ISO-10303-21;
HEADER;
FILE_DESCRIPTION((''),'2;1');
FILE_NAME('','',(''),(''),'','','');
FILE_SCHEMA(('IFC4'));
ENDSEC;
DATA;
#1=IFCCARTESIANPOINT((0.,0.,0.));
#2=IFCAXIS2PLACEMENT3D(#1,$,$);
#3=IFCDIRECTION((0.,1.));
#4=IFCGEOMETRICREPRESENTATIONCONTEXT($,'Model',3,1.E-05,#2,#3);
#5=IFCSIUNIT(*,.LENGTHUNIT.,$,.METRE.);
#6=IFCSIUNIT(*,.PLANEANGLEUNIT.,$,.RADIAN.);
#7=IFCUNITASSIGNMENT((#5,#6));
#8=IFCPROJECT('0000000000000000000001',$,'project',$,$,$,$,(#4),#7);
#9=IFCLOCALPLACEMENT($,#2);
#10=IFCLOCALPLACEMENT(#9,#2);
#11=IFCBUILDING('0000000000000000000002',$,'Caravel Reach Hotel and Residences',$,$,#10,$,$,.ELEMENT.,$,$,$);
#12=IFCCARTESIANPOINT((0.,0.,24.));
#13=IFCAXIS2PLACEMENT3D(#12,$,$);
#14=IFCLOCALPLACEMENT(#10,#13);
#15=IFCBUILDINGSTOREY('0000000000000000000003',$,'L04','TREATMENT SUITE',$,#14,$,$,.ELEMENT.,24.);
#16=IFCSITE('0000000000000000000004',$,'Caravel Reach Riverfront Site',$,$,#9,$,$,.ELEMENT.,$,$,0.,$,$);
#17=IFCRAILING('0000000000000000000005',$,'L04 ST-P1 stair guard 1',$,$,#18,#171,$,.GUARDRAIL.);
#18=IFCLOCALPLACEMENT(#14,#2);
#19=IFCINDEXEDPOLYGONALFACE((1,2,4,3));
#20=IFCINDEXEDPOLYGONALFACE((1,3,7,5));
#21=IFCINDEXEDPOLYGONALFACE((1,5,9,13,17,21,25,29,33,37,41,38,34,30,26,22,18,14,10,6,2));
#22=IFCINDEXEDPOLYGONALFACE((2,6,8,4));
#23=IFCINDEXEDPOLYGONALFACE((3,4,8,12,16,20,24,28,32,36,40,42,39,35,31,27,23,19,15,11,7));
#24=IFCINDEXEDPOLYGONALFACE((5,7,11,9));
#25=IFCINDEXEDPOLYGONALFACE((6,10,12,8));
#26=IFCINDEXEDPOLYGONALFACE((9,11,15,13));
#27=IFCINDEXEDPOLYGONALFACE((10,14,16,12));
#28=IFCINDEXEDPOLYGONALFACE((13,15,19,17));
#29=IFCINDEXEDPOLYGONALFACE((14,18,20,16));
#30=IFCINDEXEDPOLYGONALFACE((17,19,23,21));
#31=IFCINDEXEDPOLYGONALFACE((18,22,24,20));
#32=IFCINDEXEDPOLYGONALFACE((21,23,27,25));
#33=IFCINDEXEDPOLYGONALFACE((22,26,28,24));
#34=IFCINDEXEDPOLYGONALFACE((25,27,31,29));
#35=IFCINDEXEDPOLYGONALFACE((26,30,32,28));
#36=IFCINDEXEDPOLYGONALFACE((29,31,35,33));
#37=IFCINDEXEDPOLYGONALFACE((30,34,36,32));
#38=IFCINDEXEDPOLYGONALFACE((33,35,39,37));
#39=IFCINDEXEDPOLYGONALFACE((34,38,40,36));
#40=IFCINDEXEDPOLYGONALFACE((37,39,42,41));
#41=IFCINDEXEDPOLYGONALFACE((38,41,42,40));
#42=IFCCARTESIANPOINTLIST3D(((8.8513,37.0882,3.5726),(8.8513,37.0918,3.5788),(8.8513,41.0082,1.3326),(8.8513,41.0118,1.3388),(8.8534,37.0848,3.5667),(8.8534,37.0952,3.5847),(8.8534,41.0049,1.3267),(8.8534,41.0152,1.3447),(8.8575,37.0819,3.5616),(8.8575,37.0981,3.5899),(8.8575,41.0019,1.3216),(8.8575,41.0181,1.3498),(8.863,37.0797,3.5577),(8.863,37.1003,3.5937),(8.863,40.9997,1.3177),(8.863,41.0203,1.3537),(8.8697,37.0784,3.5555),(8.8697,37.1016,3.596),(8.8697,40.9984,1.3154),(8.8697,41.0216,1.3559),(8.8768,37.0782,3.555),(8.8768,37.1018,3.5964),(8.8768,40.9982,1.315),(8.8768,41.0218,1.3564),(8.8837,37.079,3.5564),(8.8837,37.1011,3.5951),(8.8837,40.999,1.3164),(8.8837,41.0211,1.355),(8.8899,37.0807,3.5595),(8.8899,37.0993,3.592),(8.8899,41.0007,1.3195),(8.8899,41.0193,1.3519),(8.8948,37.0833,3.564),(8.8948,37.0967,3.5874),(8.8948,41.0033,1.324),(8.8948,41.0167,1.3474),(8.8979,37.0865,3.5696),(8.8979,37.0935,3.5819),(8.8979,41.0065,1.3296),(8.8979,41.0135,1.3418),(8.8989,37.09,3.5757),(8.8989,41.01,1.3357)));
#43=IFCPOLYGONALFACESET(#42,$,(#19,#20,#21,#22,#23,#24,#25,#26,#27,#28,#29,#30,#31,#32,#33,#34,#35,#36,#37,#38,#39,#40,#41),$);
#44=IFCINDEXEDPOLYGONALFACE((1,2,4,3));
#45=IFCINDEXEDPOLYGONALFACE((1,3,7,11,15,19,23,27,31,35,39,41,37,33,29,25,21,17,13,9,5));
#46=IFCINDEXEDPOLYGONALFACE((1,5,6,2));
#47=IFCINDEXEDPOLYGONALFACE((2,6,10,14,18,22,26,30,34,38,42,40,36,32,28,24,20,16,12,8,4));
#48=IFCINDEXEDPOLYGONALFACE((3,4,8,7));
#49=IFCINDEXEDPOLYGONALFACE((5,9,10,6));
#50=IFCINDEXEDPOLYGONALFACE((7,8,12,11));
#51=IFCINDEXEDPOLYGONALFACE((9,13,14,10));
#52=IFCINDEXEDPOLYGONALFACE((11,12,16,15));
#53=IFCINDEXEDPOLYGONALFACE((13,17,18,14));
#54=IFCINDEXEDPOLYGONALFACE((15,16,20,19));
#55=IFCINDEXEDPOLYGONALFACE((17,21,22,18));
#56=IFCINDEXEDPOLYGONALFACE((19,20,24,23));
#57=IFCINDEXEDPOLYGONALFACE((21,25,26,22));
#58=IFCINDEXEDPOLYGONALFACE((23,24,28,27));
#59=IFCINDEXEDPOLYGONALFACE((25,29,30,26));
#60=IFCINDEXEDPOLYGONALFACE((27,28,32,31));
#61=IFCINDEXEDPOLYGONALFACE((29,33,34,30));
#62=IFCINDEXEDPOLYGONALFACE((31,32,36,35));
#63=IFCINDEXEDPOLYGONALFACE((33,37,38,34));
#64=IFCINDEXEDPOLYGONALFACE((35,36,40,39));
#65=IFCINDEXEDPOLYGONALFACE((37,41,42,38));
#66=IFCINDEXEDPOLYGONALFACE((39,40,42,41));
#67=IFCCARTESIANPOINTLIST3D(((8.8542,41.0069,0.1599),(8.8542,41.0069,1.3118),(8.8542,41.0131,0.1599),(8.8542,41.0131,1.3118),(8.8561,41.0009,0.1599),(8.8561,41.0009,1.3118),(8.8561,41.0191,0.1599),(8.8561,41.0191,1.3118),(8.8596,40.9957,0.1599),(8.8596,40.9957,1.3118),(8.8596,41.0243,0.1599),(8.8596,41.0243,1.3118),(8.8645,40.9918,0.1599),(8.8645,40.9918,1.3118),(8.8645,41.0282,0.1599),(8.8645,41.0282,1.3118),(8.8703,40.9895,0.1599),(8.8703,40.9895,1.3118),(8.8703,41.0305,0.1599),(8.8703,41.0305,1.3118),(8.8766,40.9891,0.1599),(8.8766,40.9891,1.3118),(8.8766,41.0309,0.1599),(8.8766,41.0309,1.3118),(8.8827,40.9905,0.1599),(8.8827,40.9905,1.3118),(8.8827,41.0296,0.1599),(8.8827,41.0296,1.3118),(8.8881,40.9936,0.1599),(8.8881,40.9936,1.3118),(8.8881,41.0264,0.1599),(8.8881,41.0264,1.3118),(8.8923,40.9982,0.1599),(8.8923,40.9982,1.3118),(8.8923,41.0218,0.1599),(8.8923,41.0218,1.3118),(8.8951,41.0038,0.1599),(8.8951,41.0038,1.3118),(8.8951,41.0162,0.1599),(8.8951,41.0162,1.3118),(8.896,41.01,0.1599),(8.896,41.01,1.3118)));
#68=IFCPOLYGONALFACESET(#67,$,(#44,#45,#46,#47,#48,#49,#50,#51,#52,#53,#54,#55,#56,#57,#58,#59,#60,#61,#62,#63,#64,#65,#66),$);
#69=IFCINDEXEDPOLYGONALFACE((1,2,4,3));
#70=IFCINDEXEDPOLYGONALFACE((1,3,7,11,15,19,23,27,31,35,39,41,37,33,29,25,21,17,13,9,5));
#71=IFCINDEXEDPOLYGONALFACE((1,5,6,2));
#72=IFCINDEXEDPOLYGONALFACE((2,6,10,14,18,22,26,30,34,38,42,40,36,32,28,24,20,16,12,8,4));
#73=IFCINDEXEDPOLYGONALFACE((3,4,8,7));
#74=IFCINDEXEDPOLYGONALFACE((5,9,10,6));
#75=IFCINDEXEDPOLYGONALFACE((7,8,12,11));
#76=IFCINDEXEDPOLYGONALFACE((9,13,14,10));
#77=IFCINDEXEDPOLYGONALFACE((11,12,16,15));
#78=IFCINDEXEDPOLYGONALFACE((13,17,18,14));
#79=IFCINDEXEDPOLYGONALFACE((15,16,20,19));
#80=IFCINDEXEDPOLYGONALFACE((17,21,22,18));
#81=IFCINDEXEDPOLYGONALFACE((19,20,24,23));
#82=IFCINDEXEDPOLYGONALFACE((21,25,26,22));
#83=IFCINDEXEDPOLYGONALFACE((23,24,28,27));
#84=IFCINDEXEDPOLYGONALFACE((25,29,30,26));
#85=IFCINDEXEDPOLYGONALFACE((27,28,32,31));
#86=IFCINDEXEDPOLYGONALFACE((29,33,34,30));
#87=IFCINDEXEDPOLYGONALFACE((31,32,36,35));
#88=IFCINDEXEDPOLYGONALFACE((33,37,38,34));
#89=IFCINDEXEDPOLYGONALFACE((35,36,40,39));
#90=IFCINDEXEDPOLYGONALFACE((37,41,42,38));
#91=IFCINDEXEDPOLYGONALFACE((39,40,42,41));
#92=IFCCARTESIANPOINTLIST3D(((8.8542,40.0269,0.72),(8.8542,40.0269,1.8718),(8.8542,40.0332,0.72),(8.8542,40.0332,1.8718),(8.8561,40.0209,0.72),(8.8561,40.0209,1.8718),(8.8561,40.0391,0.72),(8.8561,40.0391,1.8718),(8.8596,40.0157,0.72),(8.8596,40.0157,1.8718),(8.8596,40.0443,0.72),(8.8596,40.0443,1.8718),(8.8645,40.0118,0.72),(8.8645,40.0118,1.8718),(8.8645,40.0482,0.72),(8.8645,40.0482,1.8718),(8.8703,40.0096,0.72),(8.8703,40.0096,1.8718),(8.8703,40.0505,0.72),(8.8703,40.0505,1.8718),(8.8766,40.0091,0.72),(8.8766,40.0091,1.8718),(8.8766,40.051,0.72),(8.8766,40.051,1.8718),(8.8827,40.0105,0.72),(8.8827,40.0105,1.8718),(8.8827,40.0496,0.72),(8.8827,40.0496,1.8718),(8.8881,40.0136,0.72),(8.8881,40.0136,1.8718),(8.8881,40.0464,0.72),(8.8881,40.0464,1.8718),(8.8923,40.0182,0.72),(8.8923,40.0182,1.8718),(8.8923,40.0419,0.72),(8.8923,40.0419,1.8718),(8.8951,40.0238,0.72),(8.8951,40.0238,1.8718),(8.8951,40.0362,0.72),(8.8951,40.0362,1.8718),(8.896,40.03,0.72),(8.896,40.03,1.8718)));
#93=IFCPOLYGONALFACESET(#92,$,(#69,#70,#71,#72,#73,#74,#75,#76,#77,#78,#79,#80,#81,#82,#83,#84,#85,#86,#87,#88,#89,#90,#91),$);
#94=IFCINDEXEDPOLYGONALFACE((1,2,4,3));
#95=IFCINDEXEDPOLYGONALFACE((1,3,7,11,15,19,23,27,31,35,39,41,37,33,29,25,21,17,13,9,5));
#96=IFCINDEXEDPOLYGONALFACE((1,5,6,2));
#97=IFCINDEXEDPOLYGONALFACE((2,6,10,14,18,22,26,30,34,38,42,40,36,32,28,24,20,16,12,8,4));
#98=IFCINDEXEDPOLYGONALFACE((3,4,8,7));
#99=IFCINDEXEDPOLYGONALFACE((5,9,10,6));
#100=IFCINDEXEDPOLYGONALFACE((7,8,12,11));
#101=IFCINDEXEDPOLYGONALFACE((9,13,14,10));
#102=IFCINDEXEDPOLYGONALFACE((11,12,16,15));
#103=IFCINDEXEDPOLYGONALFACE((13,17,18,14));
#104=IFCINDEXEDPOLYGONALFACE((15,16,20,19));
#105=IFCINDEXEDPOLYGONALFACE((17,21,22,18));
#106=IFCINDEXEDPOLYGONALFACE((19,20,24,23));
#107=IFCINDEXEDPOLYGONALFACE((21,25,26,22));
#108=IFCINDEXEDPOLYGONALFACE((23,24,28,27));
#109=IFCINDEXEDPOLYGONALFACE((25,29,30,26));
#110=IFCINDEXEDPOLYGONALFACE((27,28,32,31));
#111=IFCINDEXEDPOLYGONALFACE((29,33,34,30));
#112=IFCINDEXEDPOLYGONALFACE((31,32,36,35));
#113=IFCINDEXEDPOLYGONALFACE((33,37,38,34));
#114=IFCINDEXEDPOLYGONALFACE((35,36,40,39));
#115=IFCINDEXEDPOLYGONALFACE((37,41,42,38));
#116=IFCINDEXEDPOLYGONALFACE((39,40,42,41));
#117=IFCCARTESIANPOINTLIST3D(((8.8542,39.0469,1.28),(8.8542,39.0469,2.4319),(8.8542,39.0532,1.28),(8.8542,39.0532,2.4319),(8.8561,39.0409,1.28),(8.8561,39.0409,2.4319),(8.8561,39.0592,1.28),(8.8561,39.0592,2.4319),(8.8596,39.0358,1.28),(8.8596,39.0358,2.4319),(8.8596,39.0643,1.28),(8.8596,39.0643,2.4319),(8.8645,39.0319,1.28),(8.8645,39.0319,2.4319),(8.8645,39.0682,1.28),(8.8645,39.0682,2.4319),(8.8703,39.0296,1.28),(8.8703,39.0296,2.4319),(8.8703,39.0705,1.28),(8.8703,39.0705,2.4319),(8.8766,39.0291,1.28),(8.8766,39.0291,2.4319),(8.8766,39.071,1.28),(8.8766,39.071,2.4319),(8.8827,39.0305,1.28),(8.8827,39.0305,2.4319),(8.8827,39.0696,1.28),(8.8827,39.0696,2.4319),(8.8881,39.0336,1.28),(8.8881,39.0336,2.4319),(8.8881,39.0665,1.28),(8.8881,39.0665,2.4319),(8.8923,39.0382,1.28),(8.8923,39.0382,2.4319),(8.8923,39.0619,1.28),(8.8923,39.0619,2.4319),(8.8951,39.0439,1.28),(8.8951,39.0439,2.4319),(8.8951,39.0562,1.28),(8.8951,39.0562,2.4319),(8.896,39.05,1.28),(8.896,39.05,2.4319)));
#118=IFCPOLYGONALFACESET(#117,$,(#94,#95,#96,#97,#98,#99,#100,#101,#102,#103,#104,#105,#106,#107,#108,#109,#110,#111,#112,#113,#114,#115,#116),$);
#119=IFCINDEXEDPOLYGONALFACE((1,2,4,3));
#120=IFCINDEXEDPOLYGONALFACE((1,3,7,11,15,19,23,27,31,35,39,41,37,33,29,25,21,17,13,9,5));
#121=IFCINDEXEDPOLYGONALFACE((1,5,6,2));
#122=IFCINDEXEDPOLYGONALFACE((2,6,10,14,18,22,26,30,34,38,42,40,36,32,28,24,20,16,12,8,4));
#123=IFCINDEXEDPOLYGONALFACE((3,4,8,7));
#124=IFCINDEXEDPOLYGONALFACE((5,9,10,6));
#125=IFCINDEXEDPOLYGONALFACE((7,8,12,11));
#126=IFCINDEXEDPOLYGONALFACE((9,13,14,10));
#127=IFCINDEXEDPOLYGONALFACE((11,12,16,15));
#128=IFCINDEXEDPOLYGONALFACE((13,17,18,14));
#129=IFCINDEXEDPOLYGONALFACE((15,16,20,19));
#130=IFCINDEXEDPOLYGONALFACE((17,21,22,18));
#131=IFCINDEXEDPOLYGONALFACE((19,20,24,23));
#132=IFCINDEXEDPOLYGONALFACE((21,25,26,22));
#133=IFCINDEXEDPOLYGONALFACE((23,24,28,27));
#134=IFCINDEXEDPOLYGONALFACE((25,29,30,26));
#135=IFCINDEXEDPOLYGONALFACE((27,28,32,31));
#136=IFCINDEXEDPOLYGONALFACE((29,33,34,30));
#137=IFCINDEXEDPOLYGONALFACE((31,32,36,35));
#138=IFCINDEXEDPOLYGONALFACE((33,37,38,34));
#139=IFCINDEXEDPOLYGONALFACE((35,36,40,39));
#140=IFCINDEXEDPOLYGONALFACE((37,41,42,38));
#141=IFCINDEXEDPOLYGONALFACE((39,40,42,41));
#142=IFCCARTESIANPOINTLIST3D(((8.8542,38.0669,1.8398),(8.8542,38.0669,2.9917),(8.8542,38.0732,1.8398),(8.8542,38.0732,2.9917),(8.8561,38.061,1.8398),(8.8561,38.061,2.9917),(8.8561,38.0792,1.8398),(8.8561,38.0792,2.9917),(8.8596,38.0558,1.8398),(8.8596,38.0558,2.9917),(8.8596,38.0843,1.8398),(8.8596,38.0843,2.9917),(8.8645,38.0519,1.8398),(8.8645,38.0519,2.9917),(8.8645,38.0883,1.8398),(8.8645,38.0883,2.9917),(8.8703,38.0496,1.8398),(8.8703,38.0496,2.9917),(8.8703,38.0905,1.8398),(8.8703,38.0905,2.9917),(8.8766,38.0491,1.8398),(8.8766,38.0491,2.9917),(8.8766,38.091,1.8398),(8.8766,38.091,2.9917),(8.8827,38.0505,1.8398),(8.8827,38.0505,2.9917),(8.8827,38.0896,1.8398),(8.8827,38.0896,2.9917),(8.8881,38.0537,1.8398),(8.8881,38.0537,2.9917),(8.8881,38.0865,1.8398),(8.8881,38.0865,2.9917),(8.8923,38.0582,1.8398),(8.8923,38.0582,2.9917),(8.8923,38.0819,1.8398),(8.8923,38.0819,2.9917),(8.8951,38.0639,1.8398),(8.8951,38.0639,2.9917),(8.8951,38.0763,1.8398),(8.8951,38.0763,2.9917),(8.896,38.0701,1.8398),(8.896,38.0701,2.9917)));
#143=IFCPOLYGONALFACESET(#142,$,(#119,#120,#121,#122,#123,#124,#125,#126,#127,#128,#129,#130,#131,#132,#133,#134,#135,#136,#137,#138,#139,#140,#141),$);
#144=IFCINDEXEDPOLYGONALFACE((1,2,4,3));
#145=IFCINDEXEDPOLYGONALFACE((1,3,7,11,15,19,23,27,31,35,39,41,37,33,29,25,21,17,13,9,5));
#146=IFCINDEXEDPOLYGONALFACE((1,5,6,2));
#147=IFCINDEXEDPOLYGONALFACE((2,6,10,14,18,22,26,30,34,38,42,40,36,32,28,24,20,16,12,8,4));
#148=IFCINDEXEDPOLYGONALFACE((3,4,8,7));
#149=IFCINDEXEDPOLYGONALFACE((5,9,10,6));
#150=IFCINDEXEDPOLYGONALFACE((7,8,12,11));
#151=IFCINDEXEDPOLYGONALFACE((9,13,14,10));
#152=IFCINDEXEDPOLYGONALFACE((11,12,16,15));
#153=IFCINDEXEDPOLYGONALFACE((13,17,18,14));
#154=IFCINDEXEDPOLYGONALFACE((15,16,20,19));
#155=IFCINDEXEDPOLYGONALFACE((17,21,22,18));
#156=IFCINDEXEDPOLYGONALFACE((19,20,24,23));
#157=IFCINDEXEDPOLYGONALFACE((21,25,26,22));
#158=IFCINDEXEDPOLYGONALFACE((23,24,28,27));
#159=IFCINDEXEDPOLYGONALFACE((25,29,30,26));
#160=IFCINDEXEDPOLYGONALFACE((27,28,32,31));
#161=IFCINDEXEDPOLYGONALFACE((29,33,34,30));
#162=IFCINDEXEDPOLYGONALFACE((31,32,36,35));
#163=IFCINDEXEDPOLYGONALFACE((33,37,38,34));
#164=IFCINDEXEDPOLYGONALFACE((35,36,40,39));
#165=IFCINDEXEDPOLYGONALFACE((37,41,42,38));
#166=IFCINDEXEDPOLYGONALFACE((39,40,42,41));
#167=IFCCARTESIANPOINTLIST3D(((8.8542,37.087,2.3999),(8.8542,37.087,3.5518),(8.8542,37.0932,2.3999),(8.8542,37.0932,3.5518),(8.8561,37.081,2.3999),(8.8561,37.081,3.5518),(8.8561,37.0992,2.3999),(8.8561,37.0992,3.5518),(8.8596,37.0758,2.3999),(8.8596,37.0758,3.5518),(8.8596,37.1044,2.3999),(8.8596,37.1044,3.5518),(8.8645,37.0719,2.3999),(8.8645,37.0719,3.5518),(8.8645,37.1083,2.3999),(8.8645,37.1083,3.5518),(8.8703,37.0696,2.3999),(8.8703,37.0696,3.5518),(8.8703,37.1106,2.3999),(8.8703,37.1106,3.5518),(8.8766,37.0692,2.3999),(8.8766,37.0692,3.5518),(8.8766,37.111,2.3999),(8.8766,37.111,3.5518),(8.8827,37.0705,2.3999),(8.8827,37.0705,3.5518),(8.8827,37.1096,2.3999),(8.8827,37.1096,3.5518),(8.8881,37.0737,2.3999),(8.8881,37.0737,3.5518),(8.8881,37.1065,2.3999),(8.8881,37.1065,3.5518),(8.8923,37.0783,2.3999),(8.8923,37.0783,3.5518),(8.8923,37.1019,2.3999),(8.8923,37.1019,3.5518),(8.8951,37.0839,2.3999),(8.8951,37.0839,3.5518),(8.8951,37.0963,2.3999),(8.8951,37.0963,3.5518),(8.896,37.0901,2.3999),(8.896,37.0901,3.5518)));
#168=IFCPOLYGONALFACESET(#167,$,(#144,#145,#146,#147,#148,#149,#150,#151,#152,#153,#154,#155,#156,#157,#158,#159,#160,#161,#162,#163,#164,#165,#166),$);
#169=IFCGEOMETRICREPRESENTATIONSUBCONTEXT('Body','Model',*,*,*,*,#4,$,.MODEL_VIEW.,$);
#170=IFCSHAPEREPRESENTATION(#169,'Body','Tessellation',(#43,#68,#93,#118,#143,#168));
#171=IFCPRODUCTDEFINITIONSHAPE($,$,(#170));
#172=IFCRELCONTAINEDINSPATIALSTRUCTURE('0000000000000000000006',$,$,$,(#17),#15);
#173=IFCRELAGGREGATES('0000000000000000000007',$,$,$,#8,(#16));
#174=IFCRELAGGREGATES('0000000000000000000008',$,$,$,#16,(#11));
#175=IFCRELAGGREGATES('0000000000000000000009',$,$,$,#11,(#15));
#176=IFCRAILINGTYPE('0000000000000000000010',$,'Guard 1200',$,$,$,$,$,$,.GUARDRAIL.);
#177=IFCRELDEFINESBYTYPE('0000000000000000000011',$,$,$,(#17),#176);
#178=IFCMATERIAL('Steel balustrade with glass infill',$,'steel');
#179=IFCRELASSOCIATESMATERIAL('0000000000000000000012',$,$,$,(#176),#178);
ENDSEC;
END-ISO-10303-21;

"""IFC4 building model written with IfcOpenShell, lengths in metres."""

from ifc_helpers import new_model, si_unit, direction, frame, origin, origin_2d, place, context, subcontext, project, spatial, circle, extrude, material, type_object, element, save


model = new_model("IFC4")

# Units and contexts
model_context = context("Model", 3, precision=1e-05, world=origin(), true_north=direction((0.0, 1.0)))
body_context = subcontext(model_context, "Body", "Model", "MODEL_VIEW")
ifc_project = project(units=[si_unit("LENGTHUNIT", "METRE"), si_unit("PLANEANGLEUNIT", "RADIAN")], contexts=[model_context])

# Site, building, storey
site_placement = place(None, origin())
site = spatial("IfcSite", under=ifc_project, at=site_placement, Name="Caravel Reach Riverfront Site", CompositionType="ELEMENT", RefElevation=0.0)
building_placement = place(site_placement, origin())
building = spatial("IfcBuilding", under=site, at=building_placement, Name="Caravel Reach Hotel and Residences", CompositionType="ELEMENT")
storey_placement = place(building_placement, frame((0.0, 0.0, 24.0)))
storey = spatial("IfcBuildingStorey", under=building, at=storey_placement, Name="L04", Description="TREATMENT SUITE", CompositionType="ELEMENT", Elevation=24.0)

# Railing
ifc_material_1 = material(Name="Steel balustrade with glass infill", Category="steel")
railing_type_1 = type_object("IfcRailingType", Name="Guard 1200", PredefinedType="GUARDRAIL", material=ifc_material_1)
railing_1_placement = place(storey_placement, frame((8.875, 41.01, 0.1599)))
element("IfcRailing", 1, at=railing_1_placement, inside=storey, type_object=railing_type_1, Name="L04 ST-P1 stair guard 1", PredefinedType="GUARDRAIL", context=body_context, shape_type="SweptSolid", body=[
    extrude(circle(Radius=0.0239, at=origin_2d()), frame((0.0, 0.0, 1.1758), z_axis=(0.0, -0.86824, 0.496145), x_axis=(1.0, 0.0, 0.0)), (0.0, 0.0, 1.0), 4.5149),
    extrude(circle(Radius=0.021, at=origin_2d()), origin(), (0.0, 0.0, 1.0), 1.1519),
    extrude(circle(Radius=0.021, at=origin_2d()), frame((0.0, -0.98, 0.5601)), (0.0, 0.0, 1.0), 1.1519),
    extrude(circle(Radius=0.021, at=origin_2d()), frame((0.0, -1.96, 1.1201)), (0.0, 0.0, 1.0), 1.1519),
    extrude(circle(Radius=0.021, at=origin_2d()), frame((0.0, -2.9399, 1.6799)), (0.0, 0.0, 1.0), 1.1519),
    extrude(circle(Radius=0.021, at=origin_2d()), frame((0.0, -3.9199, 2.24)), (0.0, 0.0, 1.0), 1.1519),
])

save(model, "model.ifc")
